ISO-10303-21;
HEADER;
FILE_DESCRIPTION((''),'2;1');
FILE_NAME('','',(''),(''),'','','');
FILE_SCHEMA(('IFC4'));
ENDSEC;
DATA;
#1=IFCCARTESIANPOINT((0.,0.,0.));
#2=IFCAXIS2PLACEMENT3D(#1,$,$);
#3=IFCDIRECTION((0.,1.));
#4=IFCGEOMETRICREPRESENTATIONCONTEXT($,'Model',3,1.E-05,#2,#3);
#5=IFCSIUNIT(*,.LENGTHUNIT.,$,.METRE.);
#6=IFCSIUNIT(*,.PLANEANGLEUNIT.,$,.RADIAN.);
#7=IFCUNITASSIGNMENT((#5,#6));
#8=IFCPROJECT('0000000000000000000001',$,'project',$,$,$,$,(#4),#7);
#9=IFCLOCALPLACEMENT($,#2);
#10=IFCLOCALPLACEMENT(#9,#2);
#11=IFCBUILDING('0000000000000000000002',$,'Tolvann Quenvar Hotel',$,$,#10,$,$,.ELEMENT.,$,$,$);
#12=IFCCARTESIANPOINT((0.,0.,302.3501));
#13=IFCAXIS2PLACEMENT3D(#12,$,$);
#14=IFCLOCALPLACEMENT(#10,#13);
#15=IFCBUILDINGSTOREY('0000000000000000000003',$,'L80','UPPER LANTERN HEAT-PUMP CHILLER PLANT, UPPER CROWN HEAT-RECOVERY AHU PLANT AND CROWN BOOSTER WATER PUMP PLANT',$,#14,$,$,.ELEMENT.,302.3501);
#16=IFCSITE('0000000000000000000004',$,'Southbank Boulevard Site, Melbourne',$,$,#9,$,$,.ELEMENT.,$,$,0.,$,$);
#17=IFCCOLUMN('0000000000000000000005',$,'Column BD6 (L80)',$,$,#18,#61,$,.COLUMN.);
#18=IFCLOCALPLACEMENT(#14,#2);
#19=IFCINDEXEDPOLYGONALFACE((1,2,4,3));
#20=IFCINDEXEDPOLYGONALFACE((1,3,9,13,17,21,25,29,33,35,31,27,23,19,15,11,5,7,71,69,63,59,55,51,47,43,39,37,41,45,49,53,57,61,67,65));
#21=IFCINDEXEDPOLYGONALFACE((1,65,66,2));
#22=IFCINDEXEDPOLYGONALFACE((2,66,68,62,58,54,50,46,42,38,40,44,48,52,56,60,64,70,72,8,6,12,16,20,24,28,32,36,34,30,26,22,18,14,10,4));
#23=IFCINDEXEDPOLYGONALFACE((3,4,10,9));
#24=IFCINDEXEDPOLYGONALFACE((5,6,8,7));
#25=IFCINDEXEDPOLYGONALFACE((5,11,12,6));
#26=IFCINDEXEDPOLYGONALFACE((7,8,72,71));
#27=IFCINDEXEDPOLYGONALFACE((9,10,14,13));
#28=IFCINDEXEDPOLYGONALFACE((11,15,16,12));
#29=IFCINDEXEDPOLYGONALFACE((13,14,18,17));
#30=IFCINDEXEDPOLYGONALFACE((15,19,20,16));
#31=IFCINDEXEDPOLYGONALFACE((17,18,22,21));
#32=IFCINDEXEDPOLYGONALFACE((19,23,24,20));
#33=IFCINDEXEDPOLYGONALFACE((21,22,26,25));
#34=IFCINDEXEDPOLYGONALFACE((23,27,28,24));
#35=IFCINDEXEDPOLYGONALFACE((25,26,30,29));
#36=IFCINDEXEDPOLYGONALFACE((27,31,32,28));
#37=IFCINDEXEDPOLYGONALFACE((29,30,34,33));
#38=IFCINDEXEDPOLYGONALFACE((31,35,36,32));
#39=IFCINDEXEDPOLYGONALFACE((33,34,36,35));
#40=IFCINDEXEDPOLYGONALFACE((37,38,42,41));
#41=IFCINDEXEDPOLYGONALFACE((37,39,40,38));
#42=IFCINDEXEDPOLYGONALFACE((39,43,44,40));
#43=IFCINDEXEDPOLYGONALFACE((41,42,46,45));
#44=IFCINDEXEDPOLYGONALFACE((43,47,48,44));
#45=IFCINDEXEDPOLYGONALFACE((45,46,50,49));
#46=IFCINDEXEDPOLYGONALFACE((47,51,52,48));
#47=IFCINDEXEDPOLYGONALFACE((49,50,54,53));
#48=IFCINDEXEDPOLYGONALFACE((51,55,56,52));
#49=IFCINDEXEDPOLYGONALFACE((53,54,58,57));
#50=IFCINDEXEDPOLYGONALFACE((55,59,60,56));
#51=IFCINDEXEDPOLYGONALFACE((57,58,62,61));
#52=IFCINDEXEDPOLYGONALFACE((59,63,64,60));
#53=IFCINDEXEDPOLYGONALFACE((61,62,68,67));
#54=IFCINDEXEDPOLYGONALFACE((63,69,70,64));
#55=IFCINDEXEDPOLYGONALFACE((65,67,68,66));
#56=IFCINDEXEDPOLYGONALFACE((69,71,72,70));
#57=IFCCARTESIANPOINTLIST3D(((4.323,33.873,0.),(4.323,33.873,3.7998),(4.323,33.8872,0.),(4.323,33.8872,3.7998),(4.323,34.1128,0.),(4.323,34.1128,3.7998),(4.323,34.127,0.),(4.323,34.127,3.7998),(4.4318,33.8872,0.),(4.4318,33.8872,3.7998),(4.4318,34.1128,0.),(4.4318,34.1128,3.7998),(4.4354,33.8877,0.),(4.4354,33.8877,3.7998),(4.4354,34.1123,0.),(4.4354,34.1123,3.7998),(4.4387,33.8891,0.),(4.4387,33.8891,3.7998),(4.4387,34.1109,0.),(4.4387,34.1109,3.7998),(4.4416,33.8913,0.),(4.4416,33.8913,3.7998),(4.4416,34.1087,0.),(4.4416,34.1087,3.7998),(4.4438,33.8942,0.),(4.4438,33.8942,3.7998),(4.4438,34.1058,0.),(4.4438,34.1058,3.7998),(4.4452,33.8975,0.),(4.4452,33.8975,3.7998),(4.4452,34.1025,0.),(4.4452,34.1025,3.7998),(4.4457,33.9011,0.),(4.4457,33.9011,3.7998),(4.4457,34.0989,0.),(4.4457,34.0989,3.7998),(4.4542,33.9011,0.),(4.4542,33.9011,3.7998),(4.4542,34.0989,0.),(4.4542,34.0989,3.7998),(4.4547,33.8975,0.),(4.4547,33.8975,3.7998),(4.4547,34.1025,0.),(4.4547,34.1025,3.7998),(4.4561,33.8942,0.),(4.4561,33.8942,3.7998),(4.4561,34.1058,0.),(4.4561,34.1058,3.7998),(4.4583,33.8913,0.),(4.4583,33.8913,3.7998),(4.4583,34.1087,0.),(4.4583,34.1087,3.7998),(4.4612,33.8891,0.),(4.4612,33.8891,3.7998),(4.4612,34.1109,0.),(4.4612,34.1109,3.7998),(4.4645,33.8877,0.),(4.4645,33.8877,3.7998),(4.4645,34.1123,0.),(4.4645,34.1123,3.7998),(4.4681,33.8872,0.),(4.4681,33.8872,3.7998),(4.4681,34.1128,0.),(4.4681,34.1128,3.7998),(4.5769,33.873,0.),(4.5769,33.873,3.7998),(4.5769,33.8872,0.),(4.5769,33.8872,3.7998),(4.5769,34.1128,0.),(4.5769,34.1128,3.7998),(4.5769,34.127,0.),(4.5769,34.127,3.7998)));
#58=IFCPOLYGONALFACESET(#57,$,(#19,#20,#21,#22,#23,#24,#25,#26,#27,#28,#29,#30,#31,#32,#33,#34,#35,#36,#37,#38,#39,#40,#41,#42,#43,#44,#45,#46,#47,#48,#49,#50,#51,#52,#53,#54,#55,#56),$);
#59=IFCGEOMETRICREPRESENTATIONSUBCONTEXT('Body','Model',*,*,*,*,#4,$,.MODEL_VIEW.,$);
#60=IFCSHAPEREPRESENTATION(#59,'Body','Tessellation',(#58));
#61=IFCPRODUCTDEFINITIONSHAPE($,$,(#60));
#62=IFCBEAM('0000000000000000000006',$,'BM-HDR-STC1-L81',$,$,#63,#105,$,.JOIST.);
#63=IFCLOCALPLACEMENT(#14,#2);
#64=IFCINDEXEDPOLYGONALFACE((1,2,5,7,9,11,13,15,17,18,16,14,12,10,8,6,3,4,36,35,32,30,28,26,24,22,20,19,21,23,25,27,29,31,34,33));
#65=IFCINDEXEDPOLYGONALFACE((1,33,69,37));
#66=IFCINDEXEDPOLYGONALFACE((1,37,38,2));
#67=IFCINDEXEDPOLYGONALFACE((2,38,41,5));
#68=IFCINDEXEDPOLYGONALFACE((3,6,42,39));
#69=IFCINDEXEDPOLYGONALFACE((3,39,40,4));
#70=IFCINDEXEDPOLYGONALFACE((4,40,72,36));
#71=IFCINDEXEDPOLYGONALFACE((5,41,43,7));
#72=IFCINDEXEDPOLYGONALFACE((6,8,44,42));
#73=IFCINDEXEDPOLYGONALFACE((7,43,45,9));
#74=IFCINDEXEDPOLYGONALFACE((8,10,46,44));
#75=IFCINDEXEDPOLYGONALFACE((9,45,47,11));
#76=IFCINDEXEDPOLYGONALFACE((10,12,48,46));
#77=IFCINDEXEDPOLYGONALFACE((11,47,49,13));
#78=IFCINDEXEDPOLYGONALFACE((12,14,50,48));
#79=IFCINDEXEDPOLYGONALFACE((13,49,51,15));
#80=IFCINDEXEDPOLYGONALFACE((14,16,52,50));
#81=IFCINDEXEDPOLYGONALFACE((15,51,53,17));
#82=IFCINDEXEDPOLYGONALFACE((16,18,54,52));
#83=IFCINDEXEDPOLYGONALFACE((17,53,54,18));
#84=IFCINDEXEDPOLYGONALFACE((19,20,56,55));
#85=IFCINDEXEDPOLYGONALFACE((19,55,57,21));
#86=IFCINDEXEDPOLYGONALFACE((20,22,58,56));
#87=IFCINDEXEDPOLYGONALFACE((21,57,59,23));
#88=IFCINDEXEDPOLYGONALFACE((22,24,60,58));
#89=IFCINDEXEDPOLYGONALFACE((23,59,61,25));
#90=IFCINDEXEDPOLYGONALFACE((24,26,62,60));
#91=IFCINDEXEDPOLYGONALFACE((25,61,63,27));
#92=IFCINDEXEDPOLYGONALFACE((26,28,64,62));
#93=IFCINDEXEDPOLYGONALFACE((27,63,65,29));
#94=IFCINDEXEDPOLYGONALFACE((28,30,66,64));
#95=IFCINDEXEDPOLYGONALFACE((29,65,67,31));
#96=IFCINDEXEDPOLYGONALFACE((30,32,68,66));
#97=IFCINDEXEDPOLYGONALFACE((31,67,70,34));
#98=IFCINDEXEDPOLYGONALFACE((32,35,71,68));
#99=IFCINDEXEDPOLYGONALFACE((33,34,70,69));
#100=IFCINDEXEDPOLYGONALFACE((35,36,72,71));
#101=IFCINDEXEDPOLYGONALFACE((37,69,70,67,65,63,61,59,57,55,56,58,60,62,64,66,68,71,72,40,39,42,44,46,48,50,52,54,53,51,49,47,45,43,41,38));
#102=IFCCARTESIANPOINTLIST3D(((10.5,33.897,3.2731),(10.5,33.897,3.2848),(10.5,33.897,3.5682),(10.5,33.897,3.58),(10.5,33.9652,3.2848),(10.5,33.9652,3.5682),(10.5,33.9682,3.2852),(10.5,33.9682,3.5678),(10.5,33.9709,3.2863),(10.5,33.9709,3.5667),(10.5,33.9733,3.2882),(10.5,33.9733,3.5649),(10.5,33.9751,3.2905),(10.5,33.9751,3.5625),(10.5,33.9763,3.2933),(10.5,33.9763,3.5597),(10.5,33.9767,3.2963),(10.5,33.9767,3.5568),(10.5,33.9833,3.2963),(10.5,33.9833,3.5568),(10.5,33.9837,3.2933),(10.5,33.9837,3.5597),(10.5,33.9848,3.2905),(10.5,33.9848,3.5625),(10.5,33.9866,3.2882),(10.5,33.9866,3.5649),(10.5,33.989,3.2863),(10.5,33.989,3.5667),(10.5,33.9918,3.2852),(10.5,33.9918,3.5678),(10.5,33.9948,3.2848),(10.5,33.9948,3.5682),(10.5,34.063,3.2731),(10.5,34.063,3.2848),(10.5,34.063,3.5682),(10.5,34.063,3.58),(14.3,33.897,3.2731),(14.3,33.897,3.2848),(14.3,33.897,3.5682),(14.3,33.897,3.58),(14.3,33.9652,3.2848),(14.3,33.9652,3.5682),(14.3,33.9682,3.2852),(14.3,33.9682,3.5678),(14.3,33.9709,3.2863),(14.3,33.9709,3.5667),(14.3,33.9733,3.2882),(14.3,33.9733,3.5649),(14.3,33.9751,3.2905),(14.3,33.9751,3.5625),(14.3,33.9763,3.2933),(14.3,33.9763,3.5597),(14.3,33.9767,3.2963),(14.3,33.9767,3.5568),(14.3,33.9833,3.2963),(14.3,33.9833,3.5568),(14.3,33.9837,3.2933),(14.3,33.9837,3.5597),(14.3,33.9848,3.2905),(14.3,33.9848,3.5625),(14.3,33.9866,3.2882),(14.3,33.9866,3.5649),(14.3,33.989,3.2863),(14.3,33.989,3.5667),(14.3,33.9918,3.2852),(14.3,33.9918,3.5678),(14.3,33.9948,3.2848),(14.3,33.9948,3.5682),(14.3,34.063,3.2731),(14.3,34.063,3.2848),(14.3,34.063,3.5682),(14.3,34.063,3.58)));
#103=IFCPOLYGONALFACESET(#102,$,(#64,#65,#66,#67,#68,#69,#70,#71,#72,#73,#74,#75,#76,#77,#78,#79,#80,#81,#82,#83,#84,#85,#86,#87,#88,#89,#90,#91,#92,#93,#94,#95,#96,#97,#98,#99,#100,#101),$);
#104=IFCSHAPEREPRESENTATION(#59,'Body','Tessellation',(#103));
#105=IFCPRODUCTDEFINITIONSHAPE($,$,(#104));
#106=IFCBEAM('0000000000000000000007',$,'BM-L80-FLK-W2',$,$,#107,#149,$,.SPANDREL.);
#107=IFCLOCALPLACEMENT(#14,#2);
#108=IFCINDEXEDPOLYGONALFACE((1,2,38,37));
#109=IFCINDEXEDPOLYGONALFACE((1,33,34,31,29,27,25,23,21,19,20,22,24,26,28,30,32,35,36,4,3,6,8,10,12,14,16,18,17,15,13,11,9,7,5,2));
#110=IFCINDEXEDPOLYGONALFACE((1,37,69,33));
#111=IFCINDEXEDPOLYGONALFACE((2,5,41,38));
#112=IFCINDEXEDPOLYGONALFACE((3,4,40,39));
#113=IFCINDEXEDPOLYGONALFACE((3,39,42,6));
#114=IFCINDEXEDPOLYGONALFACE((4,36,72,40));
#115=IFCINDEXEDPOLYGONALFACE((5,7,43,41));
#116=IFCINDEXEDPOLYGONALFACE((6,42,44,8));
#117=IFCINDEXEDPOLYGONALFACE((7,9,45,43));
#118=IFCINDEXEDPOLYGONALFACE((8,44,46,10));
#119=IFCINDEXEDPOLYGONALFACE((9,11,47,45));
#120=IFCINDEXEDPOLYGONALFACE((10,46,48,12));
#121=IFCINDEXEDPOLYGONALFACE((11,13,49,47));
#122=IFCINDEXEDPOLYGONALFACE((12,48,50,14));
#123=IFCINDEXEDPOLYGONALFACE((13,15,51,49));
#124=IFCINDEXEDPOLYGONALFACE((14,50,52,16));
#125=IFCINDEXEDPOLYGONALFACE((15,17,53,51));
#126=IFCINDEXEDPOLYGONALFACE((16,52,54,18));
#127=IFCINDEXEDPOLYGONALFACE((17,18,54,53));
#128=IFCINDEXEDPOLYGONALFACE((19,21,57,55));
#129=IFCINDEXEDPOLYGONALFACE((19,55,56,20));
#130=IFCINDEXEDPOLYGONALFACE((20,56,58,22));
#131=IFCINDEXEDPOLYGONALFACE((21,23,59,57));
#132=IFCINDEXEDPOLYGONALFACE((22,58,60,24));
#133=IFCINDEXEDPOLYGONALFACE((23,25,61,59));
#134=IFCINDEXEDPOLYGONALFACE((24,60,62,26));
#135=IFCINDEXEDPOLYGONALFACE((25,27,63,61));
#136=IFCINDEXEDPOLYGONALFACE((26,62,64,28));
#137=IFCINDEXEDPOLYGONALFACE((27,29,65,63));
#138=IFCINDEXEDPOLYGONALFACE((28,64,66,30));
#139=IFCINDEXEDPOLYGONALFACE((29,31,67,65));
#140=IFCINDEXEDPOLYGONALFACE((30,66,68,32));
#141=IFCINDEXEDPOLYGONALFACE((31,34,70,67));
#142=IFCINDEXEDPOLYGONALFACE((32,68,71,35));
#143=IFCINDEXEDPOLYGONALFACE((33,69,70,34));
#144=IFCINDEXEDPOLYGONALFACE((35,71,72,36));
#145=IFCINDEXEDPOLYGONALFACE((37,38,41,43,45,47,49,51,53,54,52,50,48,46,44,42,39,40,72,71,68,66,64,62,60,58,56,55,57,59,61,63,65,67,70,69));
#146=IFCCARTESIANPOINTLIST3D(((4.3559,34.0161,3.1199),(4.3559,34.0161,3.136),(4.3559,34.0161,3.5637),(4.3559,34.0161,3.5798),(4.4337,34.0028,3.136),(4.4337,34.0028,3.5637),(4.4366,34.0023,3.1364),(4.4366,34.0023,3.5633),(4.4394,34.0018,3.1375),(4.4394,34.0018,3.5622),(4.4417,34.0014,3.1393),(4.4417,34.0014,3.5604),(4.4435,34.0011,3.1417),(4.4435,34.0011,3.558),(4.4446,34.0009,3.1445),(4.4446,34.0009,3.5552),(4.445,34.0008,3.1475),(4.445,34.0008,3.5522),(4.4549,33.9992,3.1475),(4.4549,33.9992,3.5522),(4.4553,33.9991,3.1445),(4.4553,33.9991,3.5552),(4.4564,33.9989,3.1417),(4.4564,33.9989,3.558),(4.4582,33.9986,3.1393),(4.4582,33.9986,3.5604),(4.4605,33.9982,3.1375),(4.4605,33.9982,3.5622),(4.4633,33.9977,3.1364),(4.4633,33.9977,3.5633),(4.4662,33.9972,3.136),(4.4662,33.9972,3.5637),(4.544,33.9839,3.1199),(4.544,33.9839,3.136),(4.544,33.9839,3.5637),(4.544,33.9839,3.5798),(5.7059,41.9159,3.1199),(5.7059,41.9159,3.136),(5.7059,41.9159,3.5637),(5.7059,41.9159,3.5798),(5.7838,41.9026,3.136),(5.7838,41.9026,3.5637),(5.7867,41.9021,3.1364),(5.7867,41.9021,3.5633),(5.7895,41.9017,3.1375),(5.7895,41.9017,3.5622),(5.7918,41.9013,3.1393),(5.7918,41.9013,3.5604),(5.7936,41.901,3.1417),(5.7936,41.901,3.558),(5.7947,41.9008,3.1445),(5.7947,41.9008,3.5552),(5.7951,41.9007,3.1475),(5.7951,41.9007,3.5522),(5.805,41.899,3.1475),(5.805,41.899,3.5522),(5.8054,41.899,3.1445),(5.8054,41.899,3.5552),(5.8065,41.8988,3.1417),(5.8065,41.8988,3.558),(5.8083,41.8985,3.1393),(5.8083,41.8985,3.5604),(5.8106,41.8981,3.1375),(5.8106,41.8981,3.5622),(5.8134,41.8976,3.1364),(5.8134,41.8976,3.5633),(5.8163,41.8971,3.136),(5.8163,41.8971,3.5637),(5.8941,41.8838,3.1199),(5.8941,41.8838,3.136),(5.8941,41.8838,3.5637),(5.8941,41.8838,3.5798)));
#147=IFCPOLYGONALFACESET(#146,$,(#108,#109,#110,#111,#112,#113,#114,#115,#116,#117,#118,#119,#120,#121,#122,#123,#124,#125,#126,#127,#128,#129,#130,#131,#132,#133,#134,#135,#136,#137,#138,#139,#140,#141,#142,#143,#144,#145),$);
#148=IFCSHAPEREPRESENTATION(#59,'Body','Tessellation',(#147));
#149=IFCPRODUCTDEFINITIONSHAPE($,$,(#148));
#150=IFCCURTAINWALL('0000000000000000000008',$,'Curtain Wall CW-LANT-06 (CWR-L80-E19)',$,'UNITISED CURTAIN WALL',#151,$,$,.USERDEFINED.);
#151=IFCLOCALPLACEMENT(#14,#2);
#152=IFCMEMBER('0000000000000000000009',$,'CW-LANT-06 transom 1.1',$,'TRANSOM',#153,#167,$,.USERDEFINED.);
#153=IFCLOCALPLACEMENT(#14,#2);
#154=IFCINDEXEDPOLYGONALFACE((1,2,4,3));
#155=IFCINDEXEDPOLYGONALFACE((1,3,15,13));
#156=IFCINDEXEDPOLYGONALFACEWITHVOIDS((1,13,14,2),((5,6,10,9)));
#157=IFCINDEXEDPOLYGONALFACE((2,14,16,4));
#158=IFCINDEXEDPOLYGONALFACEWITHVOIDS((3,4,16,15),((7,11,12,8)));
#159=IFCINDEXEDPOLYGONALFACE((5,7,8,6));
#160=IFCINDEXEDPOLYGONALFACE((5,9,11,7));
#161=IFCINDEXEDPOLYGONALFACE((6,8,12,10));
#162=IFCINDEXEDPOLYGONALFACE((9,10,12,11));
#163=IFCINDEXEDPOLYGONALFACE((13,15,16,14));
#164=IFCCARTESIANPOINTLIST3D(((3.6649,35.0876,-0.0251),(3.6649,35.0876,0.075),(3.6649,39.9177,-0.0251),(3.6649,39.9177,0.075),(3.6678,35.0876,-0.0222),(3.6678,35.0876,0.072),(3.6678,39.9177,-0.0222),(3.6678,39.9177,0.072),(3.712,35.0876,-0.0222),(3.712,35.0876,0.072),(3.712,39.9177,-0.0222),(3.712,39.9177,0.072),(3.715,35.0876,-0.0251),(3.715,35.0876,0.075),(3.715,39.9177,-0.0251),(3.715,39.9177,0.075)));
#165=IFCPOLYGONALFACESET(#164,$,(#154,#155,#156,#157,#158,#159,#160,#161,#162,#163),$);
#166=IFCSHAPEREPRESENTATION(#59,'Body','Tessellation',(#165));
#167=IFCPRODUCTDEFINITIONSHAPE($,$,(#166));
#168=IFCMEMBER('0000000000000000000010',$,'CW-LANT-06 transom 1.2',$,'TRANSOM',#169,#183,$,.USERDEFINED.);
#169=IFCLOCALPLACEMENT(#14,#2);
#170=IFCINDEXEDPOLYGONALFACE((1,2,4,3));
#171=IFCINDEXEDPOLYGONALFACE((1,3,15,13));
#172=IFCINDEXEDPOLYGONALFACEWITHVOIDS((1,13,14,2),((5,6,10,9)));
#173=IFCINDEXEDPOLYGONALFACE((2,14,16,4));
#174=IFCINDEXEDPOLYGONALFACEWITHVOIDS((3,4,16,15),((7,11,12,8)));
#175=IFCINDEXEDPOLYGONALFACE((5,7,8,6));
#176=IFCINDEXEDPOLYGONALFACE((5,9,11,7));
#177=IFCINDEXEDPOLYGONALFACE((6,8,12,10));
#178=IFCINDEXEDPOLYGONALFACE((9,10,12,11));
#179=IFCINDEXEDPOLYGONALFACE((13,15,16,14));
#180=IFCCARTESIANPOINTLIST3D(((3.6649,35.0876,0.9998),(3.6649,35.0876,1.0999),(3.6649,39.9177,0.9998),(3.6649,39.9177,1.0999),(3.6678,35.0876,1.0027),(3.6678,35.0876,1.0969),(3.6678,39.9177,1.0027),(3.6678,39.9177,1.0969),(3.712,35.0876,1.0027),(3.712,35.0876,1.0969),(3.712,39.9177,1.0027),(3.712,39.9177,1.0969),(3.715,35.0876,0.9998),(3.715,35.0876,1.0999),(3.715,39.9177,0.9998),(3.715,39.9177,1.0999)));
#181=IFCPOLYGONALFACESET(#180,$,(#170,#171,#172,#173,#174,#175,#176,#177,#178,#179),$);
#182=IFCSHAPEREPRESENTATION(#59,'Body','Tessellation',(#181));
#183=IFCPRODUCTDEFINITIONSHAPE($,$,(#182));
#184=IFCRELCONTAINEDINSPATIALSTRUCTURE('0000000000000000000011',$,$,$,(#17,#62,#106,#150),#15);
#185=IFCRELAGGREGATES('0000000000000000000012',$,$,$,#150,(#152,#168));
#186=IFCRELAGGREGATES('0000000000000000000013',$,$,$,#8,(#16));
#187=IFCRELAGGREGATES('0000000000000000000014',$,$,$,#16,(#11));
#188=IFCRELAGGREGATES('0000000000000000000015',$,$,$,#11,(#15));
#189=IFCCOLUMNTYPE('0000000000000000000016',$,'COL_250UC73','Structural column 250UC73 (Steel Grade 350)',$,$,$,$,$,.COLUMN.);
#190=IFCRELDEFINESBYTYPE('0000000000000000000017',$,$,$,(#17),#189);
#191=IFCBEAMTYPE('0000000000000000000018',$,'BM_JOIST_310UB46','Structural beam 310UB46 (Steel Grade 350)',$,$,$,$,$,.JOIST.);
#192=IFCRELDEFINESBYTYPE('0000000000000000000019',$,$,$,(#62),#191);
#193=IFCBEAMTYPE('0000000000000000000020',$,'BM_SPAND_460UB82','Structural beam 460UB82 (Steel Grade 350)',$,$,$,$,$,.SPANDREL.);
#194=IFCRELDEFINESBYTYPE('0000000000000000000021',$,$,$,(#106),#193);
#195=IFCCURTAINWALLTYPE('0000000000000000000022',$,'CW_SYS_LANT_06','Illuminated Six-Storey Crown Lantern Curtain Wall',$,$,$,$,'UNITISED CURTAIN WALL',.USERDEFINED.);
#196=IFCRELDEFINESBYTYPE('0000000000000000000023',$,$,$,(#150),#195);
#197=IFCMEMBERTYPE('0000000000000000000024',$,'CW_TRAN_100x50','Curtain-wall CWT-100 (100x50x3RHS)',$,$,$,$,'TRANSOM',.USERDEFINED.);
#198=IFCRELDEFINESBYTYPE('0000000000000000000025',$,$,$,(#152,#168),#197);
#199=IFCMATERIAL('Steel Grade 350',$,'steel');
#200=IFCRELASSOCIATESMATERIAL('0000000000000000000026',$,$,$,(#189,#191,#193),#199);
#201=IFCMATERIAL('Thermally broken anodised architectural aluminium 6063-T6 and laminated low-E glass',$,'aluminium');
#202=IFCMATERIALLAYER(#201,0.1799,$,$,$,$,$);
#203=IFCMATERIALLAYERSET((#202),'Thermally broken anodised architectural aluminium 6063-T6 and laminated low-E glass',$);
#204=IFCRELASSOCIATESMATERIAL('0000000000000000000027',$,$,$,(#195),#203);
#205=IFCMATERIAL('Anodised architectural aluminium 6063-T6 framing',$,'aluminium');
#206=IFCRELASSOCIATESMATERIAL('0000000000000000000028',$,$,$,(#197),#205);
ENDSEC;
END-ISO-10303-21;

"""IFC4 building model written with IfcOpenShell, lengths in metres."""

from ifc_helpers import new_model, si_unit, direction, frame, origin, origin_2d, place, context, subcontext, project, spatial, hollow_rectangle, i_section, extrude, source, transform, mapped, material, layer, layer_set, material_profile, profile_set, type_object, type_shapes, element, aggregate, save


model = new_model("IFC4")

# Units and contexts
model_context = context("Model", 3, precision=1e-05, world=origin(), true_north=direction((0.0, 1.0)))
body_context = subcontext(model_context, "Body", "Model", "MODEL_VIEW")
ifc_project = project(units=[si_unit("LENGTHUNIT", "METRE"), si_unit("PLANEANGLEUNIT", "RADIAN")], contexts=[model_context])

# Site, building, storey
site_placement = place(None, origin())
site = spatial("IfcSite", under=ifc_project, at=site_placement, Name="Southbank Boulevard Site, Melbourne", CompositionType="ELEMENT", RefElevation=0.0)
building_placement = place(site_placement, origin())
building = spatial("IfcBuilding", under=site, at=building_placement, Name="Tolvann Quenvar Hotel", CompositionType="ELEMENT")
storey_placement = place(building_placement, frame((0.0, 0.0, 302.3501)))
storey = spatial("IfcBuildingStorey", under=building, at=storey_placement, Name="L80", Description="UPPER LANTERN HEAT-PUMP CHILLER PLANT, UPPER CROWN HEAT-RECOVERY AHU PLANT AND CROWN BOOSTER WATER PUMP PLANT", CompositionType="ELEMENT", Elevation=302.3501)

# Column
ifc_material_1 = material(Name="Steel Grade 350", Category="steel")
ifc_material_profile_1 = material_profile(ifc_material_1, i_section(OverallWidth=0.2539, OverallDepth=0.2539, WebThickness=0.0085, FlangeThickness=0.0142, FilletRadius=0.0139, at=origin_2d()), Name="250UC73")
ifc_profile_set_1 = profile_set([ifc_material_profile_1], Name="Steel Grade 350")
column_type = type_object("IfcColumnType", Name="COL_250UC73", Description="Structural column 250UC73 (Steel Grade 350)", PredefinedType="COLUMN", material=ifc_profile_set_1)
shared_shape_1 = source(origin(), body_context, "Body", "SweptSolid", [
    extrude(i_section(OverallWidth=0.2539, OverallDepth=0.2539, WebThickness=0.0085, FlangeThickness=0.0142, FilletRadius=0.0139, at=origin_2d()), origin(), (0.0, 0.0, 1.0), 3.7998),
])
type_shapes(column_type, [shared_shape_1])
column_placement = place(storey_placement, frame((4.45, 34.0, 0.0), z_axis=(0.0, 0.0, 1.0), x_axis=(1.0, 0.0, 0.0)))
element("IfcColumn", 1, at=column_placement, inside=storey, type_object=column_type, Name="Column BD6 (L80)", PredefinedType="COLUMN", context=body_context, shape_type="MappedRepresentation", body=[
    mapped(shared_shape_1, transform((0.0, 0.0, 0.0), x_axis=(1.0, 0.0, 0.0), y_axis=(0.0, 1.0, 0.0), z_axis=(0.0, 0.0, 1.0), scale=1.0)),
])

# Beams
ifc_material_profile_2 = material_profile(ifc_material_1, i_section(OverallWidth=0.166, OverallDepth=0.3069, WebThickness=0.0066, FlangeThickness=0.0117, FilletRadius=0.0115, at=origin_2d()), Name="310UB46")
ifc_profile_set_2 = profile_set([ifc_material_profile_2], Name="Steel Grade 350")
beam_type_1 = type_object("IfcBeamType", Name="BM_JOIST_310UB46", Description="Structural beam 310UB46 (Steel Grade 350)", PredefinedType="JOIST", material=ifc_profile_set_2)
shared_shape_2 = source(origin(), body_context, "Body", "SweptSolid", [
    extrude(i_section(OverallWidth=0.166, OverallDepth=0.3069, WebThickness=0.0066, FlangeThickness=0.0117, FilletRadius=0.0115, at=origin_2d()), origin(), (0.0, 0.0, 1.0), 3.8),
])
type_shapes(beam_type_1, [shared_shape_2])
beam_1_placement = place(storey_placement, frame((10.5, 33.98, 3.4265), z_axis=(1.0, 0.0, 0.0), x_axis=(0.0, 1.0, 0.0)))
element("IfcBeam", 2, at=beam_1_placement, inside=storey, type_object=beam_type_1, Name="BM-HDR-STC1-L81", PredefinedType="JOIST", context=body_context, shape_type="MappedRepresentation", body=[
    mapped(shared_shape_2, transform((0.0, 0.0, 0.0), x_axis=(1.0, 0.0, 0.0), y_axis=(0.0, 1.0, 0.0), z_axis=(0.0, 0.0, 1.0), scale=1.0)),
])
ifc_material_profile_3 = material_profile(ifc_material_1, i_section(OverallWidth=0.1909, OverallDepth=0.46, WebThickness=0.01, FlangeThickness=0.0161, FilletRadius=0.0115, at=origin_2d()), Name="460UB82")
ifc_profile_set_3 = profile_set([ifc_material_profile_3], Name="Steel Grade 350")
beam_type_2 = type_object("IfcBeamType", Name="BM_SPAND_460UB82", Description="Structural beam 460UB82 (Steel Grade 350)", PredefinedType="SPANDREL", material=ifc_profile_set_3)
shared_shape_3 = source(origin(), body_context, "Body", "SweptSolid", [
    extrude(i_section(OverallWidth=0.1909, OverallDepth=0.46, WebThickness=0.01, FlangeThickness=0.0161, FilletRadius=0.0115, at=origin_2d()), origin(), (0.0, 0.0, 1.0), 8.0144),
])
type_shapes(beam_type_2, [shared_shape_3])
beam_2_placement = place(storey_placement, frame((4.45, 34.0, 3.3499), z_axis=(0.168458, 0.985709, 0.0), x_axis=(-0.985709, 0.168458, 0.0)))
element("IfcBeam", 3, at=beam_2_placement, inside=storey, type_object=beam_type_2, Name="BM-L80-FLK-W2", PredefinedType="SPANDREL", context=body_context, shape_type="MappedRepresentation", body=[
    mapped(shared_shape_3, transform((0.0, 0.0, 0.0), x_axis=(1.0, 0.0, 0.0), y_axis=(0.0, 1.0, 0.0), z_axis=(0.0, 0.0, 1.0), scale=1.0)),
])

# Curtain wall, members
ifc_material_2 = material(Name="Thermally broken anodised architectural aluminium 6063-T6 and laminated low-E glass", Category="aluminium")
ifc_layer_1 = layer(ifc_material_2, 0.1799)
ifc_layer_set_1 = layer_set([ifc_layer_1], Name="Thermally broken anodised architectural aluminium 6063-T6 and laminated low-E glass")
curtain_wall_type = type_object("IfcCurtainWallType", Name="CW_SYS_LANT_06", Description="Illuminated Six-Storey Crown Lantern Curtain Wall", ElementType="UNITISED CURTAIN WALL", PredefinedType="USERDEFINED", material=ifc_layer_set_1)
curtain_wall_placement = place(storey_placement, origin())
curtain_wall = element("IfcCurtainWall", 4, at=curtain_wall_placement, inside=storey, type_object=curtain_wall_type, Name="Curtain Wall CW-LANT-06 (CWR-L80-E19)", ObjectType="UNITISED CURTAIN WALL", PredefinedType="USERDEFINED")
ifc_material_3 = material(Name="Anodised architectural aluminium 6063-T6 framing", Category="aluminium")
ifc_material_profile_4 = material_profile(ifc_material_3, hollow_rectangle(XDim=0.05, YDim=0.1001, WallThickness=0.0029, at=origin_2d()), Name="100x50x3RHS")
ifc_profile_set_4 = profile_set([ifc_material_profile_4], Name="Anodised architectural aluminium 6063-T6 framing")
member_type_1 = type_object("IfcMemberType", Name="CW_TRAN_100x50", Description="Curtain-wall CWT-100 (100x50x3RHS)", ElementType="TRANSOM", PredefinedType="USERDEFINED", material=ifc_profile_set_4)
shared_shape_4 = source(origin(), body_context, "Body", "SweptSolid", [
    extrude(hollow_rectangle(XDim=0.05, YDim=0.1001, WallThickness=0.0029, at=origin_2d()), origin(), (0.0, 0.0, 1.0), 4.8301),
])
member_1_placement = place(storey_placement, frame((3.6899, 39.9177, 0.0249), z_axis=(0.0, -1.0, 0.0), x_axis=(1.0, 0.0, 0.0)))
member_1 = element("IfcMember", 5, at=member_1_placement, type_object=member_type_1, Name="CW-LANT-06 transom 1.1", ObjectType="TRANSOM", PredefinedType="USERDEFINED", context=body_context, shape_type="MappedRepresentation", body=[
    mapped(shared_shape_4, transform((0.0, 0.0, 0.0), x_axis=(1.0, 0.0, 0.0), y_axis=(0.0, 1.0, 0.0), z_axis=(0.0, 0.0, 1.0), scale=1.0)),
])
member_2_placement = place(storey_placement, frame((3.6899, 39.9177, 1.0498), z_axis=(0.0, -1.0, 0.0), x_axis=(1.0, 0.0, 0.0)))
member_2 = element("IfcMember", 6, at=member_2_placement, type_object=member_type_1, Name="CW-LANT-06 transom 1.2", ObjectType="TRANSOM", PredefinedType="USERDEFINED", context=body_context, shape_type="MappedRepresentation", body=[
    mapped(shared_shape_4, transform((0.0, 0.0, 0.0), x_axis=(1.0, 0.0, 0.0), y_axis=(0.0, 1.0, 0.0), z_axis=(0.0, 0.0, 1.0), scale=1.0)),
])

aggregate(curtain_wall, [member_1, member_2])

save(model, "model.ifc")
